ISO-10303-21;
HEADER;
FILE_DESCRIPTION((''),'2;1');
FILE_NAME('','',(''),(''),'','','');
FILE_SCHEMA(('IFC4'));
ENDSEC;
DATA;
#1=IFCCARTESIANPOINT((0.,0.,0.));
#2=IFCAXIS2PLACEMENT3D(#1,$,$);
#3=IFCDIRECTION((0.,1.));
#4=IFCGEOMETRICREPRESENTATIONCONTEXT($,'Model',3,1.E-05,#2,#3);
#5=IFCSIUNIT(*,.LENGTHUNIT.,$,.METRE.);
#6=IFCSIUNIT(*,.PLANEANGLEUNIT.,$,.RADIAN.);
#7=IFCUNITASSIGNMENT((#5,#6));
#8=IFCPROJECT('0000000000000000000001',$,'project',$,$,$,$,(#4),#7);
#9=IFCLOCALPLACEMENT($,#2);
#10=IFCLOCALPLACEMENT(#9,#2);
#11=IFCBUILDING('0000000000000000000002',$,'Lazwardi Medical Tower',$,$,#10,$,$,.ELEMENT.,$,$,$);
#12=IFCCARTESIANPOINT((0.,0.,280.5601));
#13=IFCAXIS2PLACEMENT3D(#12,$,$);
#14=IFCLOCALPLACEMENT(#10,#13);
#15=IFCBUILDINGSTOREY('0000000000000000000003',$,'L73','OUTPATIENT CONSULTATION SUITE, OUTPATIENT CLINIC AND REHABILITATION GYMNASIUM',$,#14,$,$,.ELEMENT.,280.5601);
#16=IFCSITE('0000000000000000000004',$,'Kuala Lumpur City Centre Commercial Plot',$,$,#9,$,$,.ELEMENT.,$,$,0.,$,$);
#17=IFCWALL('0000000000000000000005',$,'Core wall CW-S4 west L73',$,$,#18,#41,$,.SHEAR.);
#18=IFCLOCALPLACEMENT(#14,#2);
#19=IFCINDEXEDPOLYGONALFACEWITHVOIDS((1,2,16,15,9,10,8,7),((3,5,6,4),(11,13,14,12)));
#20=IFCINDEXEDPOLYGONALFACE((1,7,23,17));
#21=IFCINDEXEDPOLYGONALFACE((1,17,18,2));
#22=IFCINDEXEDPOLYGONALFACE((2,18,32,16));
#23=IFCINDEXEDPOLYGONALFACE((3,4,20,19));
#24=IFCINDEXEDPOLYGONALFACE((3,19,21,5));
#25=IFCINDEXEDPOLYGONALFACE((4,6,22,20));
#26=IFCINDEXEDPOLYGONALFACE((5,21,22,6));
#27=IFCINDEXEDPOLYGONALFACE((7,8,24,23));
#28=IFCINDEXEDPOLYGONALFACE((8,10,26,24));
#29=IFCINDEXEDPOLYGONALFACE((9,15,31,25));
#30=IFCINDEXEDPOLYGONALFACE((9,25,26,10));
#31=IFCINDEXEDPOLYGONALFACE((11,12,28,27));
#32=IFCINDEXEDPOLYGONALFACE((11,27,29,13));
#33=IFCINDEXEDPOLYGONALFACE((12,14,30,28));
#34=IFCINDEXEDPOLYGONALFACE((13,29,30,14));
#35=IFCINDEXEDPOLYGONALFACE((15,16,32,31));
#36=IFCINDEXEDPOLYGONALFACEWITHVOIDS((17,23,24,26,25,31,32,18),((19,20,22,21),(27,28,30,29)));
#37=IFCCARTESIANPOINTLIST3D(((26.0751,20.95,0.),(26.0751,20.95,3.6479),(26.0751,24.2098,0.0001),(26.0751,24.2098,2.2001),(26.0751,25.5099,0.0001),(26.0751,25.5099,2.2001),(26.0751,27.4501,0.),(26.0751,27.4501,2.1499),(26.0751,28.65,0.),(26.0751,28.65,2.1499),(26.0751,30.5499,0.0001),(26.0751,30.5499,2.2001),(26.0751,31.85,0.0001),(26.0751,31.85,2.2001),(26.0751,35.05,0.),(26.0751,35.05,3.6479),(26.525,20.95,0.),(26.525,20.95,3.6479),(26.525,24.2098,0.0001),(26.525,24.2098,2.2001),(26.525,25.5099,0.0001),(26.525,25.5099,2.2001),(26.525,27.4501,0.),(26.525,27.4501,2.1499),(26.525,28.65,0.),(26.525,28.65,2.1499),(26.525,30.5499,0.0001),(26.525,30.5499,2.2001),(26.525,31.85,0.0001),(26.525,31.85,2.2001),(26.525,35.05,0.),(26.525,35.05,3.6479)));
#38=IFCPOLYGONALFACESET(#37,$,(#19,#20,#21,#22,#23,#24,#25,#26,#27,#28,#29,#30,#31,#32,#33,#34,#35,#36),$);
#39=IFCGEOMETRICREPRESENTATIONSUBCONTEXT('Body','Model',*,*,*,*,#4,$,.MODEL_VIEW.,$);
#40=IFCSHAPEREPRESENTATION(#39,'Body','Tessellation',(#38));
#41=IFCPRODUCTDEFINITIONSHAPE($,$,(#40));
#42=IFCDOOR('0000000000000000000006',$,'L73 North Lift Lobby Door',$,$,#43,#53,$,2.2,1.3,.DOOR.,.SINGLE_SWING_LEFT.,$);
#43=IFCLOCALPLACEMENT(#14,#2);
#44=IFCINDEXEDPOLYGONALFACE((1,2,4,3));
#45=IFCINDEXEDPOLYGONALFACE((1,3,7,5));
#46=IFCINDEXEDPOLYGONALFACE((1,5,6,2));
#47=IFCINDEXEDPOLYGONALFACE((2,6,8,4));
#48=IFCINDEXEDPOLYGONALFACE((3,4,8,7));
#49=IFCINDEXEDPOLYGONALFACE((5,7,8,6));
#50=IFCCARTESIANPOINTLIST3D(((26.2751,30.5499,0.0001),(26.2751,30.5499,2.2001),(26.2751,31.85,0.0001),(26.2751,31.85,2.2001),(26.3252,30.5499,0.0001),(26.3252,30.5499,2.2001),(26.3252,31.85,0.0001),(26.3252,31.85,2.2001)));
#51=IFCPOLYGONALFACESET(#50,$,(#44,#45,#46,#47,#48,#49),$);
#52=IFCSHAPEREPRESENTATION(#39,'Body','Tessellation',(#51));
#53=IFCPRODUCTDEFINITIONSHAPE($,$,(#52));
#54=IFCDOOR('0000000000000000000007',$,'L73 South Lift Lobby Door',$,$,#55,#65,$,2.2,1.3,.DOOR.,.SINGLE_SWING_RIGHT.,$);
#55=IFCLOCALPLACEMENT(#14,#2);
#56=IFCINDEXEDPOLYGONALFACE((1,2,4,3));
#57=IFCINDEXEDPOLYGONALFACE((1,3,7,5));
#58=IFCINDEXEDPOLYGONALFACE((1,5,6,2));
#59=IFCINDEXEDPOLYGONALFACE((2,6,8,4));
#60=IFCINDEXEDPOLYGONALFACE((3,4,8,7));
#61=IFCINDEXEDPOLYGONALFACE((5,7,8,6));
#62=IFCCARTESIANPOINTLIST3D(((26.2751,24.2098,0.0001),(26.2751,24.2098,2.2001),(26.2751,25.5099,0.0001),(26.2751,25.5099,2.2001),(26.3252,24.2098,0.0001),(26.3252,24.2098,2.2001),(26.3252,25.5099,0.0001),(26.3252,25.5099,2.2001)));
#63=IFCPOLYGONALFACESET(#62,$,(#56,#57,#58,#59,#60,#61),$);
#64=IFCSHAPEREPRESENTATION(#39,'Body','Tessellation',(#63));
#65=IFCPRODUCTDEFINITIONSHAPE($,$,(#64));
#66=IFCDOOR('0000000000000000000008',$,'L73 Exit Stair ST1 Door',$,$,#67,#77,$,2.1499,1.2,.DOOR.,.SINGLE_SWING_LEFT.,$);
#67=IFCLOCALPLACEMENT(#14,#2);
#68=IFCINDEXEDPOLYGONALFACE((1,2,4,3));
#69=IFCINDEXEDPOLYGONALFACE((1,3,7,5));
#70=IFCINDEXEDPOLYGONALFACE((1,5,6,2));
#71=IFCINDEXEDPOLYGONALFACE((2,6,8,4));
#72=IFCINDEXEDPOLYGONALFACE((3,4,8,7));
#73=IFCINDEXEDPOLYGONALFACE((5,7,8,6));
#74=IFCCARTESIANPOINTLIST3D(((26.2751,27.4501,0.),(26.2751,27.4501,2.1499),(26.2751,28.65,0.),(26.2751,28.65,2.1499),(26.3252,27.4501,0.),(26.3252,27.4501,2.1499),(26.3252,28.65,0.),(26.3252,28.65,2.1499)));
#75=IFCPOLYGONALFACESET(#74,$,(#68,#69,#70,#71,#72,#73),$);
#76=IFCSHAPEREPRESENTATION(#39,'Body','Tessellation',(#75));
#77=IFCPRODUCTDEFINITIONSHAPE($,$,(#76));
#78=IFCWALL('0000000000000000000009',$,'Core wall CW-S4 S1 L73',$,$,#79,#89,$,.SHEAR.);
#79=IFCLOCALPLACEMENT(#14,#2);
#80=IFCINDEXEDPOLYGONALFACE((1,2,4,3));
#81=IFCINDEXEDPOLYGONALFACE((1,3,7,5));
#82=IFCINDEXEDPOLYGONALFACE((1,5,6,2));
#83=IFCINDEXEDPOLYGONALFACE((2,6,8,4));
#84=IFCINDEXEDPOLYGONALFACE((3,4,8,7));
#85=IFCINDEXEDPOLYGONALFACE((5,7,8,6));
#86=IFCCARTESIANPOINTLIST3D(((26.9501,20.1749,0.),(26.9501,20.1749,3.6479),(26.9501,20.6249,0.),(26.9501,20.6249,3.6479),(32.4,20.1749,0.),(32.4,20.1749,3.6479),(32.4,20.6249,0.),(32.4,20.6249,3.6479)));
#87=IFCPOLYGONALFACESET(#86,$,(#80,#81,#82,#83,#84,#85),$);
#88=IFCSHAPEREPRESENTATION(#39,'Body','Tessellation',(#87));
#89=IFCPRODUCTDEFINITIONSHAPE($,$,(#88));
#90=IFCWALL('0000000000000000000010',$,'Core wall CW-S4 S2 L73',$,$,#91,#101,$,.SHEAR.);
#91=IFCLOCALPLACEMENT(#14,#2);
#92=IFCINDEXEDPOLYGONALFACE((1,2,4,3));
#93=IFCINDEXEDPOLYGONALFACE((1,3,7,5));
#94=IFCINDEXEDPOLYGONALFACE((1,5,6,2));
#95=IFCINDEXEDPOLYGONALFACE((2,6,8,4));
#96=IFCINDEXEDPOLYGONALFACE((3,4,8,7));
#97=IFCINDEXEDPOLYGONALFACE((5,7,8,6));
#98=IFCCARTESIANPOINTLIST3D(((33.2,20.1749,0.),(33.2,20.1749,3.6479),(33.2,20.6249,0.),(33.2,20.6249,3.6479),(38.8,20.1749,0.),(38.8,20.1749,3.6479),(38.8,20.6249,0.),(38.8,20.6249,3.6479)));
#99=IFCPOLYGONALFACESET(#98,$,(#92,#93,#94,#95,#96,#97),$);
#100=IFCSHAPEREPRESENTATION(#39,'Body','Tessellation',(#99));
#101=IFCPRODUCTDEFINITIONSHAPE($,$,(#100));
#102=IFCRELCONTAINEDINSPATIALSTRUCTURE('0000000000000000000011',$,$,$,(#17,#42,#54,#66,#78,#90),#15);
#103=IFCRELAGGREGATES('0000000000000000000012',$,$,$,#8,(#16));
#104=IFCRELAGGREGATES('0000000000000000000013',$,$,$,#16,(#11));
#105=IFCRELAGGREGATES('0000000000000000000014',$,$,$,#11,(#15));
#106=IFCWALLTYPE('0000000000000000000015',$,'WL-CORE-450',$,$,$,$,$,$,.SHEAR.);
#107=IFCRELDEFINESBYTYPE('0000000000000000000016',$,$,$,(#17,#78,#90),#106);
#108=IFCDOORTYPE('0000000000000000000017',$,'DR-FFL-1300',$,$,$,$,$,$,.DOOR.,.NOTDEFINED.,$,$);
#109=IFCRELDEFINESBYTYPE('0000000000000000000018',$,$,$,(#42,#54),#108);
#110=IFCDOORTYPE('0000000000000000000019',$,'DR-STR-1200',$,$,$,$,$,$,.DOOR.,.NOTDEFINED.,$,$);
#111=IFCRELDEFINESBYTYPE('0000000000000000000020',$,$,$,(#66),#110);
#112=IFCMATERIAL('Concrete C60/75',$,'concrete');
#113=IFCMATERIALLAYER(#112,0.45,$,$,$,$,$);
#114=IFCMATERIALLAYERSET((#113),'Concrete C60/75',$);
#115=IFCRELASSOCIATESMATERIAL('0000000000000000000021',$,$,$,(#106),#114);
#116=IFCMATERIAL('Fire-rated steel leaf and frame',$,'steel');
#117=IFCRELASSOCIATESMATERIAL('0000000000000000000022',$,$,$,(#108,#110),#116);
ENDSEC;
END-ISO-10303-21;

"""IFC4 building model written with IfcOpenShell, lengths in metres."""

from ifc_helpers import new_model, si_unit, direction, frame, frame_2d, origin, place, context, subcontext, project, spatial, rectangle, extrude, material, layer, layer_set, type_object, element, fill, save


model = new_model("IFC4")

# Units and contexts
model_context = context("Model", 3, precision=1e-05, world=origin(), true_north=direction((0.0, 1.0)))
body_context = subcontext(model_context, "Body", "Model", "MODEL_VIEW")
ifc_project = project(units=[si_unit("LENGTHUNIT", "METRE"), si_unit("PLANEANGLEUNIT", "RADIAN")], contexts=[model_context])

# Site, building, storey
site_placement = place(None, origin())
site = spatial("IfcSite", under=ifc_project, at=site_placement, Name="Kuala Lumpur City Centre Commercial Plot", CompositionType="ELEMENT", RefElevation=0.0)
building_placement = place(site_placement, origin())
building = spatial("IfcBuilding", under=site, at=building_placement, Name="Lazwardi Medical Tower", CompositionType="ELEMENT")
storey_placement = place(building_placement, frame((0.0, 0.0, 280.5601)))
storey = spatial("IfcBuildingStorey", under=building, at=storey_placement, Name="L73", Description="OUTPATIENT CONSULTATION SUITE, OUTPATIENT CLINIC AND REHABILITATION GYMNASIUM", CompositionType="ELEMENT", Elevation=280.5601)

# Shared definitions
ifc_material_1 = material(Name="Concrete C60/75", Category="concrete")

# Wall, openings, doors
ifc_layer_1 = layer(ifc_material_1, 0.45)
ifc_layer_set_1 = layer_set([ifc_layer_1], Name="Concrete C60/75")
wall_type_1 = type_object("IfcWallType", Name="WL-CORE-450", PredefinedType="SHEAR", material=ifc_layer_set_1)
wall_1_placement = place(storey_placement, frame((26.3, 20.95, 0.0), z_axis=(0.0, 0.0, 1.0), x_axis=(0.0, 1.0, 0.0)))
wall_1 = element("IfcWall", 1, at=wall_1_placement, inside=storey, type_object=wall_type_1, Name="Core wall CW-S4 west L73", PredefinedType="SHEAR", context=body_context, shape_type="SweptSolid", body=[
    extrude(rectangle(XDim=14.1001, YDim=0.45, at=frame_2d((7.05, 0.0))), origin(), (0.0, 0.0, 1.0), 3.6479),
])
opening_1_placement = place(wall_1_placement, frame((6.5, 0.0, 0.0)))
opening_1 = element("IfcOpeningElement", 2, at=opening_1_placement, cuts=wall_1, PredefinedType="OPENING", context=body_context, shape_type="SweptSolid", body=[
    extrude(rectangle(XDim=1.2, YDim=2.1499, at=frame_2d((0.6001, 1.075))), frame((0.0, 0.2349, 0.0), z_axis=(0.0, -1.0, 0.0), x_axis=(1.0, 0.0, 0.0)), (0.0, 0.0, 1.0), 0.47),
])
opening_2_placement = place(wall_1_placement, frame((9.6001, 0.0, 0.0)))
opening_2 = element("IfcOpeningElement", 3, at=opening_2_placement, cuts=wall_1, PredefinedType="OPENING", context=body_context, shape_type="SweptSolid", body=[
    extrude(rectangle(XDim=1.3, YDim=2.2, at=frame_2d((0.6499, 1.1001))), frame((0.0, 0.2349, 0.0), z_axis=(0.0, -1.0, 0.0), x_axis=(1.0, 0.0, 0.0)), (0.0, 0.0, 1.0), 0.47),
])
opening_3_placement = place(wall_1_placement, frame((3.26, 0.0, 0.0)))
opening_3 = element("IfcOpeningElement", 4, at=opening_3_placement, cuts=wall_1, PredefinedType="OPENING", context=body_context, shape_type="SweptSolid", body=[
    extrude(rectangle(XDim=1.3, YDim=2.2, at=frame_2d((0.6499, 1.1001))), frame((0.0, 0.2349, 0.0), z_axis=(0.0, -1.0, 0.0), x_axis=(1.0, 0.0, 0.0)), (0.0, 0.0, 1.0), 0.47),
])
ifc_material_2 = material(Name="Fire-rated steel leaf and frame", Category="steel")
door_type_1 = type_object("IfcDoorType", Name="DR-FFL-1300", OperationType="NOTDEFINED", PredefinedType="DOOR", material=ifc_material_2)
door_1_placement = place(opening_2_placement, origin())
door_1 = element("IfcDoor", 5, at=door_1_placement, inside=storey, type_object=door_type_1, Name="L73 North Lift Lobby Door", OperationType="SINGLE_SWING_LEFT", OverallHeight=2.2, OverallWidth=1.3, PredefinedType="DOOR", context=body_context, shape_type="SweptSolid", body=[
    extrude(rectangle(XDim=1.3, YDim=2.2, at=frame_2d((0.6499, 1.1001))), frame((0.0, 0.0249, 0.0), z_axis=(0.0, -1.0, 0.0), x_axis=(1.0, 0.0, 0.0)), (0.0, 0.0, 1.0), 0.05),
])
fill(opening_2, door_1)
door_2_placement = place(opening_3_placement, origin())
door_2 = element("IfcDoor", 6, at=door_2_placement, inside=storey, type_object=door_type_1, Name="L73 South Lift Lobby Door", OperationType="SINGLE_SWING_RIGHT", OverallHeight=2.2, OverallWidth=1.3, PredefinedType="DOOR", context=body_context, shape_type="SweptSolid", body=[
    extrude(rectangle(XDim=1.3, YDim=2.2, at=frame_2d((0.6499, 1.1001))), frame((0.0, 0.0249, 0.0), z_axis=(0.0, -1.0, 0.0), x_axis=(1.0, 0.0, 0.0)), (0.0, 0.0, 1.0), 0.05),
])
fill(opening_3, door_2)
door_type_2 = type_object("IfcDoorType", Name="DR-STR-1200", OperationType="NOTDEFINED", PredefinedType="DOOR", material=ifc_material_2)
door_3_placement = place(opening_1_placement, origin())
door_3 = element("IfcDoor", 7, at=door_3_placement, inside=storey, type_object=door_type_2, Name="L73 Exit Stair ST1 Door", OperationType="SINGLE_SWING_LEFT", OverallHeight=2.1499, OverallWidth=1.2, PredefinedType="DOOR", context=body_context, shape_type="SweptSolid", body=[
    extrude(rectangle(XDim=1.2, YDim=2.1499, at=frame_2d((0.6001, 1.075))), frame((0.0, 0.0249, 0.0), z_axis=(0.0, -1.0, 0.0), x_axis=(1.0, 0.0, 0.0)), (0.0, 0.0, 1.0), 0.05),
])
fill(opening_1, door_3)

# Walls
wall_2_placement = place(storey_placement, frame((26.95, 20.3999, 0.0), z_axis=(0.0, 0.0, 1.0), x_axis=(1.0, 0.0, 0.0)))
element("IfcWall", 8, at=wall_2_placement, inside=storey, type_object=wall_type_1, Name="Core wall CW-S4 S1 L73", PredefinedType="SHEAR", context=body_context, shape_type="SweptSolid", body=[
    extrude(rectangle(XDim=5.45, YDim=0.45, at=frame_2d((2.7251, 0.0))), origin(), (0.0, 0.0, 1.0), 3.6479),
])
wall_3_placement = place(storey_placement, frame((33.2, 20.3999, 0.0), z_axis=(0.0, 0.0, 1.0), x_axis=(1.0, 0.0, 0.0)))
element("IfcWall", 9, at=wall_3_placement, inside=storey, type_object=wall_type_1, Name="Core wall CW-S4 S2 L73", PredefinedType="SHEAR", context=body_context, shape_type="SweptSolid", body=[
    extrude(rectangle(XDim=5.6001, YDim=0.45, at=frame_2d((2.8, 0.0))), origin(), (0.0, 0.0, 1.0), 3.6479),
])

save(model, "model.ifc")
